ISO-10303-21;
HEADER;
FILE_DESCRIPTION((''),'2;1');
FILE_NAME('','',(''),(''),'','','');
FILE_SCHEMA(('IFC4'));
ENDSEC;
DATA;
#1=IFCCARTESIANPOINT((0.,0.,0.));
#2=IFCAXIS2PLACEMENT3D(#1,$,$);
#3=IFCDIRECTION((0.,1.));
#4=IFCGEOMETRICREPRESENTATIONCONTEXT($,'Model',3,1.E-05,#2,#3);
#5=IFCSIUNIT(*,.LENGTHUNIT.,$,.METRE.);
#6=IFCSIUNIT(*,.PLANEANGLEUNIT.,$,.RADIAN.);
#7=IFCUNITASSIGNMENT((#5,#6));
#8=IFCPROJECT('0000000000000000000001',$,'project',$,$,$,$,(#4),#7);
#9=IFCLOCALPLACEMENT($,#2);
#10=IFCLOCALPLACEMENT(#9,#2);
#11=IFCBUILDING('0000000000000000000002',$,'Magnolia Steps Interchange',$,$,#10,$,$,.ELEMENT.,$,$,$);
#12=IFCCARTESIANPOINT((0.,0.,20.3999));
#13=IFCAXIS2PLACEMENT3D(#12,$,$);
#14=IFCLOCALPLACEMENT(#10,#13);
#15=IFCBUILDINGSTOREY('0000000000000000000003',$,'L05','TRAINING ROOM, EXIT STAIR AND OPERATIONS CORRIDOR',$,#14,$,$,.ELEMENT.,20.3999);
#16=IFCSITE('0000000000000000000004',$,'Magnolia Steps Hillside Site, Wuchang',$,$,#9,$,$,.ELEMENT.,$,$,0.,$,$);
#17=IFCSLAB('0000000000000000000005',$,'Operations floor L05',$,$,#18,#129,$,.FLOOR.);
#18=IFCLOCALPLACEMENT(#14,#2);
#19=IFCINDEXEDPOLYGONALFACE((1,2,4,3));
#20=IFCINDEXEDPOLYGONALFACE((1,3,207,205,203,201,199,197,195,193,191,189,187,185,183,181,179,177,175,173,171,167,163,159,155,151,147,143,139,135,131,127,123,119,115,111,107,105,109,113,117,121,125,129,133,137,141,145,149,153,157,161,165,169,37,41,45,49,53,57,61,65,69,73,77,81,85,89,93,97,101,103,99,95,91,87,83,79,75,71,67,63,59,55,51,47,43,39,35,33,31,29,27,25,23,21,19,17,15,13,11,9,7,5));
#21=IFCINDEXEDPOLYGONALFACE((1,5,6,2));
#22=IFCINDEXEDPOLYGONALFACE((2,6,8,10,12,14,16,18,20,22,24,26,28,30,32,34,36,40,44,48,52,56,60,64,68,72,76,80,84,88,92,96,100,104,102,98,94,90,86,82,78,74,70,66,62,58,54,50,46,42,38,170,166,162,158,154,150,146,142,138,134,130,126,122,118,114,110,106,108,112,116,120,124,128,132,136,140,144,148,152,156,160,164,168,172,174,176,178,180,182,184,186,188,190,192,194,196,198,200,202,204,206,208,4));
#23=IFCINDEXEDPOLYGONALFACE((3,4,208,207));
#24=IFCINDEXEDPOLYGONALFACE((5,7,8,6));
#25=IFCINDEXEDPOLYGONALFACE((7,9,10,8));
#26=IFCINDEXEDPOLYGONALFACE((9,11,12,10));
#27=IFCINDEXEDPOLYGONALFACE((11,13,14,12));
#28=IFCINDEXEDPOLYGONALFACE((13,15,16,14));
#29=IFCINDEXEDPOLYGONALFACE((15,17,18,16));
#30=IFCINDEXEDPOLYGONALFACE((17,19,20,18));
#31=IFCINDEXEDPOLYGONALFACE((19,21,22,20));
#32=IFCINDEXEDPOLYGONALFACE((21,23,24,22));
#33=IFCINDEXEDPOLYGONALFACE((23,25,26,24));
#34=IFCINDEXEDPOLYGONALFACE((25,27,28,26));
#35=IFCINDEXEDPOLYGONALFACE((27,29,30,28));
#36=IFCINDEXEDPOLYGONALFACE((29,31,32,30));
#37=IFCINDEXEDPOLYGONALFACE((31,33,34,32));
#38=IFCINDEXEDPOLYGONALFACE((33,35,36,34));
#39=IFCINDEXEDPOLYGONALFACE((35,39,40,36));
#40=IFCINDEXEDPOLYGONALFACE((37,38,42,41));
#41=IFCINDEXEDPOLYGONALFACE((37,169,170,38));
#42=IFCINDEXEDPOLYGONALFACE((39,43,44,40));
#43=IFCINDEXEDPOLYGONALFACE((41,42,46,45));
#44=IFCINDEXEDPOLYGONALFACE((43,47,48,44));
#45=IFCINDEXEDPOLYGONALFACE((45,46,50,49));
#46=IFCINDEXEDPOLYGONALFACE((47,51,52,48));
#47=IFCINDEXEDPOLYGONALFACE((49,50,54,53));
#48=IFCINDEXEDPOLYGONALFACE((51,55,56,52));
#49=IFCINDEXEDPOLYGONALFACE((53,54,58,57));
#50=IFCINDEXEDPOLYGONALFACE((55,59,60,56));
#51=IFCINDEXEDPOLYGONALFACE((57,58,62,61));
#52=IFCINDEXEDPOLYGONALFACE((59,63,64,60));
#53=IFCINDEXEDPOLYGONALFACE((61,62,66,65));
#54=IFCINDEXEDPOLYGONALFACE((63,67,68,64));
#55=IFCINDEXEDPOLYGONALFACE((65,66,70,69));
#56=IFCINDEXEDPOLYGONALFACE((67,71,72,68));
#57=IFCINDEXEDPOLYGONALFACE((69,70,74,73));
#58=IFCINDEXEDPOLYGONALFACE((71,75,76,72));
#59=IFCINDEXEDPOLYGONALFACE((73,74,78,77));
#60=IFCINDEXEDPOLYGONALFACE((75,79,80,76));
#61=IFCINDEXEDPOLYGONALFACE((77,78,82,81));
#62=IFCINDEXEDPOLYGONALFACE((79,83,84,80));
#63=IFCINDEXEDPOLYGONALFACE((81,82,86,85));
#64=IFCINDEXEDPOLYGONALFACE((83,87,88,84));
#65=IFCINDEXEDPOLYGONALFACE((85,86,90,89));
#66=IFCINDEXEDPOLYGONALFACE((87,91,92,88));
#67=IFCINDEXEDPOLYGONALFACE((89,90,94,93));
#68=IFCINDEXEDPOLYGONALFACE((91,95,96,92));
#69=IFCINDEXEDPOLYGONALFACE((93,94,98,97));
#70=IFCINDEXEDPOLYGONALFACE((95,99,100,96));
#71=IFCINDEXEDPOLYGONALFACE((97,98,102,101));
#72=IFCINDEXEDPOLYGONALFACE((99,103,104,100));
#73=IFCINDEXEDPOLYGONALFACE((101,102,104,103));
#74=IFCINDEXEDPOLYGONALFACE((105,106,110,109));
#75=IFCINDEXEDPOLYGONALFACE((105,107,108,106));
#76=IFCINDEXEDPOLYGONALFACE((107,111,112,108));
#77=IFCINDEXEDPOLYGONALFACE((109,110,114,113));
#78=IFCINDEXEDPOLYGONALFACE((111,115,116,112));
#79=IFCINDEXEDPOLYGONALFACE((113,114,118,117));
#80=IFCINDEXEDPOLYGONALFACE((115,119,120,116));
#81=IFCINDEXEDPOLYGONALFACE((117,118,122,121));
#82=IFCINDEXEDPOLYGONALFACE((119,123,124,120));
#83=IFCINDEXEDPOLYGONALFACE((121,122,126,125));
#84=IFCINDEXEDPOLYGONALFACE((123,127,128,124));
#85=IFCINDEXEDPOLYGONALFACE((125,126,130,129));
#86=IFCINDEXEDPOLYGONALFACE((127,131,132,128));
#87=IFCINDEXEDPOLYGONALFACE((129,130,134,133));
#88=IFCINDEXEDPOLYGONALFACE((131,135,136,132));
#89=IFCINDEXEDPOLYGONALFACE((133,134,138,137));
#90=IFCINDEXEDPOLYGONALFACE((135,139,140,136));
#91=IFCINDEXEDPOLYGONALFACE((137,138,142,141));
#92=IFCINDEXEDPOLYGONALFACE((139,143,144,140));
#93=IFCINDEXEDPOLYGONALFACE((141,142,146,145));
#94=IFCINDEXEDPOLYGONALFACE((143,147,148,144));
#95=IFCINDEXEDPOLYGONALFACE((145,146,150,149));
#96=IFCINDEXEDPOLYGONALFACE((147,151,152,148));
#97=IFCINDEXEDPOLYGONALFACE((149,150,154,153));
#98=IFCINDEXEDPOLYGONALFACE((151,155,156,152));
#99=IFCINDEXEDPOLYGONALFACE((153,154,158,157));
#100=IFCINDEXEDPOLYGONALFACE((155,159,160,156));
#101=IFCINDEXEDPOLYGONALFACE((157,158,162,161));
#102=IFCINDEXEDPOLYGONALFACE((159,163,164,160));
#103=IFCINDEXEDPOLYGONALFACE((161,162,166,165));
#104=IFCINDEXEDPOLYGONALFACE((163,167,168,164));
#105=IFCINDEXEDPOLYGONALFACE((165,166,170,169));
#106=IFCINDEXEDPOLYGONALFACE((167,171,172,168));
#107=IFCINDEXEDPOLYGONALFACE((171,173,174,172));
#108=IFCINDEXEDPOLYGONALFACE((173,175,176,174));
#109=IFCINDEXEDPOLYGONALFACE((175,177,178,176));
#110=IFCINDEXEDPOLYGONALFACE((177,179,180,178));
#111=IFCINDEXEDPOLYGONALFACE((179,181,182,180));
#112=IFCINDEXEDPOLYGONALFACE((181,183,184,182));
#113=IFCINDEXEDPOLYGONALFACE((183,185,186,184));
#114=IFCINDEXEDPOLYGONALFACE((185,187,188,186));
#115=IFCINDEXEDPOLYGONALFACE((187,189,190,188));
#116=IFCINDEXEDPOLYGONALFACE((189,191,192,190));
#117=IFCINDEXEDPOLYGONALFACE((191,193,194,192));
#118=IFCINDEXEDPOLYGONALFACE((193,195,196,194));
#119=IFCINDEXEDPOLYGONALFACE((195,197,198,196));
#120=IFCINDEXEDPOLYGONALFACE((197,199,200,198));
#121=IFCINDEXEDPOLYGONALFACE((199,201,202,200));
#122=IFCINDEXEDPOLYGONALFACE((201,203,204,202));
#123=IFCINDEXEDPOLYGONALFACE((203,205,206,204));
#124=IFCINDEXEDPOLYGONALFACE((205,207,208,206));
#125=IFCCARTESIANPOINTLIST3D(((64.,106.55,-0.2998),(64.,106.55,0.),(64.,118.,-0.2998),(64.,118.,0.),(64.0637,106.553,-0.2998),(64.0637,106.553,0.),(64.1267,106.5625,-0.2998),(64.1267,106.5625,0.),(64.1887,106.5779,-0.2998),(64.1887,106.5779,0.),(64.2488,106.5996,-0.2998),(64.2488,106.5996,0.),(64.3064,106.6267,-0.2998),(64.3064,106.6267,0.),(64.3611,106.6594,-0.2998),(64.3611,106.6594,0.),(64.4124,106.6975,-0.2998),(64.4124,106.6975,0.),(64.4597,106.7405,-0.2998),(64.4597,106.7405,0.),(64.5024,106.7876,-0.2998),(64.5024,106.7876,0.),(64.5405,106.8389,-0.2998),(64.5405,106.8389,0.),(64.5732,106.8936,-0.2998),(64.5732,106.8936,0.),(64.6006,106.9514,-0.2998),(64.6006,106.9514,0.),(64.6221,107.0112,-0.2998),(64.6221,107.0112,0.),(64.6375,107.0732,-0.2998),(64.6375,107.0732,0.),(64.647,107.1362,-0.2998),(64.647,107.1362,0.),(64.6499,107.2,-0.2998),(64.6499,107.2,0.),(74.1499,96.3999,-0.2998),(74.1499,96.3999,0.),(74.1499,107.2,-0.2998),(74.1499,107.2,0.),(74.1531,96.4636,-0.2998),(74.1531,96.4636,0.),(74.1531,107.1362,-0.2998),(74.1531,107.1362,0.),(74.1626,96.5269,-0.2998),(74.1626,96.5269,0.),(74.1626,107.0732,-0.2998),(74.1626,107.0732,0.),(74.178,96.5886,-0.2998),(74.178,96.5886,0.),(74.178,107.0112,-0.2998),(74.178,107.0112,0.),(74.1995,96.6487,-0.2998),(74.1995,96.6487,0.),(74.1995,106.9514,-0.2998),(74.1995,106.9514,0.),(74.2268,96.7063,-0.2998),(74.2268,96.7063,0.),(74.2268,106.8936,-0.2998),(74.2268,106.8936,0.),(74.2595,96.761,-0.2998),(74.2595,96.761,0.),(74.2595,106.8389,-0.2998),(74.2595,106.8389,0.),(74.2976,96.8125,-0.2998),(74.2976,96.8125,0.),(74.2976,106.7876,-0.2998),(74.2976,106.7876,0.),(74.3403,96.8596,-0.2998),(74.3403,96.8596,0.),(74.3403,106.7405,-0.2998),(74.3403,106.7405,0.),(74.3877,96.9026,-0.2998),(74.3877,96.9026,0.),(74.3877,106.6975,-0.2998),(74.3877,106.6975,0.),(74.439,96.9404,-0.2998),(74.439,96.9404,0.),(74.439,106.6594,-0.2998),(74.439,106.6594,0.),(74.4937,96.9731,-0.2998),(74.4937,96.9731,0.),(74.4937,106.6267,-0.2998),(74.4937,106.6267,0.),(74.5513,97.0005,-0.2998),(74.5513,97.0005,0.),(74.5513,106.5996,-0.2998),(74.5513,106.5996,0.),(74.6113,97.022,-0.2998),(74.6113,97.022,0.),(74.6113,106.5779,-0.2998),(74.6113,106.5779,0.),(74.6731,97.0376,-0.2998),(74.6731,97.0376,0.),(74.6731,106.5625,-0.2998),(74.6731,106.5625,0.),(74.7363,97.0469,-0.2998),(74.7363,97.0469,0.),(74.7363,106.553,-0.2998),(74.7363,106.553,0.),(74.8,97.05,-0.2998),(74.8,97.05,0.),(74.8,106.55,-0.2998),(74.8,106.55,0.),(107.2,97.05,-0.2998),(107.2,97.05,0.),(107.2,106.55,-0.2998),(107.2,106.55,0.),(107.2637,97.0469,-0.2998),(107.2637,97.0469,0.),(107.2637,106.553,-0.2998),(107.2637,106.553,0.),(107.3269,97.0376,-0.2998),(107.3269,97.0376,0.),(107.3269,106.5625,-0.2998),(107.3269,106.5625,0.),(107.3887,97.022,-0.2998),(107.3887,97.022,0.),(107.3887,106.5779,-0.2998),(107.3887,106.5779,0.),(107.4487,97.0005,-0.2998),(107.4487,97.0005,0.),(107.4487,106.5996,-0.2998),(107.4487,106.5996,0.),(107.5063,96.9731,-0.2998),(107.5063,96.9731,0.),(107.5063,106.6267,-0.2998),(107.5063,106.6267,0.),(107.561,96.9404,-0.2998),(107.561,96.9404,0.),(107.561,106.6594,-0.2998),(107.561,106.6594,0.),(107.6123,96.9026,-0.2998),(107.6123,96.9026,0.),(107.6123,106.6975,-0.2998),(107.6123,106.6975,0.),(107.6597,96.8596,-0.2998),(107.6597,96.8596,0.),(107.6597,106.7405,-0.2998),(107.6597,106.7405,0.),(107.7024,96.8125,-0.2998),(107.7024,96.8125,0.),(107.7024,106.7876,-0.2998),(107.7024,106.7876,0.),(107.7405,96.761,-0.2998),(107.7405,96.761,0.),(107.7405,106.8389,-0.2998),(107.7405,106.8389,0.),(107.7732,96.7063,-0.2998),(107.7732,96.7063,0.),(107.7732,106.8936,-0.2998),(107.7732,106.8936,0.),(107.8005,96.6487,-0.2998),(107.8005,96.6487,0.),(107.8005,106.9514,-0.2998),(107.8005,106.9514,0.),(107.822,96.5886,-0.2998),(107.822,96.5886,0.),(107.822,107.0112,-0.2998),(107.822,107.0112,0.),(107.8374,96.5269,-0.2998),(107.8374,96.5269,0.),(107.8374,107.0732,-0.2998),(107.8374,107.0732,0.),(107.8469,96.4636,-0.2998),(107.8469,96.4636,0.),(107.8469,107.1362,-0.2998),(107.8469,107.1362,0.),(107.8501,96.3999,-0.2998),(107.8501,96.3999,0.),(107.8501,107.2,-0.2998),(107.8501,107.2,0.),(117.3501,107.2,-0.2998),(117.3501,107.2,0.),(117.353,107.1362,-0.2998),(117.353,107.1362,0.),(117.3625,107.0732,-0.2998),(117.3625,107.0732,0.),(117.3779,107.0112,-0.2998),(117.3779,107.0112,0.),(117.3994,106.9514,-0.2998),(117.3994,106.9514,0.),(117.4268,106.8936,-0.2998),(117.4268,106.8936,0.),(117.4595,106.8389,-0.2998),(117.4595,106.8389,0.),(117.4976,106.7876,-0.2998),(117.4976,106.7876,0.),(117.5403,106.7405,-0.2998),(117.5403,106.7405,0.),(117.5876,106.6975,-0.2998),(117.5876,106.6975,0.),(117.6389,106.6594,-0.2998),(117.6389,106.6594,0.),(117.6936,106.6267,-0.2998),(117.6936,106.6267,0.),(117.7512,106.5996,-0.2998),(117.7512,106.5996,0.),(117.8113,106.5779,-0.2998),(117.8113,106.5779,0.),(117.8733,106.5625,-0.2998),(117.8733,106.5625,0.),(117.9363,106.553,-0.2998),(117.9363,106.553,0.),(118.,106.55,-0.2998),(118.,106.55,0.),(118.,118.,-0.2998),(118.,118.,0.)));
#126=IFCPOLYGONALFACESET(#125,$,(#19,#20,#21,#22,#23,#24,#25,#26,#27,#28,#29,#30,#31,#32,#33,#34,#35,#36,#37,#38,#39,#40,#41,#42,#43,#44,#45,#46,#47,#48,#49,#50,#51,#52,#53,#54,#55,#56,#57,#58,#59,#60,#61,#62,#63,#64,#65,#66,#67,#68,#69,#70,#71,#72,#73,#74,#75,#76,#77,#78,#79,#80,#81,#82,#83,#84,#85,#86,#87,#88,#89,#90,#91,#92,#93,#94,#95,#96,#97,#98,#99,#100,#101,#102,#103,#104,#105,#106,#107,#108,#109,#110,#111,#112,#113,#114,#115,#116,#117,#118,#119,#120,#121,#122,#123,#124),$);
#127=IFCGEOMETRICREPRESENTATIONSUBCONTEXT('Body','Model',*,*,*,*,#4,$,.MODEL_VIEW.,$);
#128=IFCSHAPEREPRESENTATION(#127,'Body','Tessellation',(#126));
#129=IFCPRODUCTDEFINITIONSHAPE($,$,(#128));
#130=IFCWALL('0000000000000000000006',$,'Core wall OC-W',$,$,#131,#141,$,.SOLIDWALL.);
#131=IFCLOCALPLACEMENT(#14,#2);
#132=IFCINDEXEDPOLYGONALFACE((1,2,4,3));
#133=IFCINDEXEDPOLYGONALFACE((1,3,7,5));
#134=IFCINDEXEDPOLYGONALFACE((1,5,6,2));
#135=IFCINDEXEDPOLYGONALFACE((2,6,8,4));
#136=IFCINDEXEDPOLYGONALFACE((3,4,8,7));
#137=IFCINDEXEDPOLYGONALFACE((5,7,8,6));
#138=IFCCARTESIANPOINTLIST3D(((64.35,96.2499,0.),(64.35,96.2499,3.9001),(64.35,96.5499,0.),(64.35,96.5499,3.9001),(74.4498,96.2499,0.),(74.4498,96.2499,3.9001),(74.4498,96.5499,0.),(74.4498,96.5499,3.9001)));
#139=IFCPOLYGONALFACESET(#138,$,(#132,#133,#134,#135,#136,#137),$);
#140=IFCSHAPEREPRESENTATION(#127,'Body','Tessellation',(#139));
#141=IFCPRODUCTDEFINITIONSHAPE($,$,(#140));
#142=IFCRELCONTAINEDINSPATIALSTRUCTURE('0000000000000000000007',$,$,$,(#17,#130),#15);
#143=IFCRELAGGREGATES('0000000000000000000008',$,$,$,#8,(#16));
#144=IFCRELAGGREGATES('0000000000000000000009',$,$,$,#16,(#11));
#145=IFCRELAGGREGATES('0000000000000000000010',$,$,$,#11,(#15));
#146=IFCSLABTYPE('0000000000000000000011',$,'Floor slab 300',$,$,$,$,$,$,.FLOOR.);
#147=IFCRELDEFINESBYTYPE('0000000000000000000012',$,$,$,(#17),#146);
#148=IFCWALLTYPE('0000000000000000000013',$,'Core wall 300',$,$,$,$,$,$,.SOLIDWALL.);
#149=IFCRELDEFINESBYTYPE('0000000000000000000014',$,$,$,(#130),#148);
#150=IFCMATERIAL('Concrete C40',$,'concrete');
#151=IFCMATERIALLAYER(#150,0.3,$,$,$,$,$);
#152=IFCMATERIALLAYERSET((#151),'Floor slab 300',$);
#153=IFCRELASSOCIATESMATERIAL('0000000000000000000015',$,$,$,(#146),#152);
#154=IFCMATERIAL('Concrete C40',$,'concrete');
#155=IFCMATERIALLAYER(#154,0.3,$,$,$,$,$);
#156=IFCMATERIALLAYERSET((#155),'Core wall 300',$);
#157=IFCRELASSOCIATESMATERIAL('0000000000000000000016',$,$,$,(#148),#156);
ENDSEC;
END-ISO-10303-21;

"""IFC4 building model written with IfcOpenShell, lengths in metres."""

from ifc_helpers import new_model, si_unit, direction, frame, frame_2d, origin, place, context, subcontext, project, spatial, polyline, rectangle, outline, extrude, material, layer, layer_set, type_object, element, save


model = new_model("IFC4")

# Units and contexts
model_context = context("Model", 3, precision=1e-05, world=origin(), true_north=direction((0.0, 1.0)))
body_context = subcontext(model_context, "Body", "Model", "MODEL_VIEW")
ifc_project = project(units=[si_unit("LENGTHUNIT", "METRE"), si_unit("PLANEANGLEUNIT", "RADIAN")], contexts=[model_context])

# Site, building, storey
site_placement = place(None, origin())
site = spatial("IfcSite", under=ifc_project, at=site_placement, Name="Magnolia Steps Hillside Site, Wuchang", CompositionType="ELEMENT", RefElevation=0.0)
building_placement = place(site_placement, origin())
building = spatial("IfcBuilding", under=site, at=building_placement, Name="Magnolia Steps Interchange", CompositionType="ELEMENT")
storey_placement = place(building_placement, frame((0.0, 0.0, 20.3999)))
storey = spatial("IfcBuildingStorey", under=building, at=storey_placement, Name="L05", Description="TRAINING ROOM, EXIT STAIR AND OPERATIONS CORRIDOR", CompositionType="ELEMENT", Elevation=20.3999)

# Slab
ifc_material_1 = material(Name="Concrete C40", Category="concrete")
ifc_layer_1 = layer(ifc_material_1, 0.3)
ifc_layer_set_1 = layer_set([ifc_layer_1], Name="Floor slab 300")
slab_type_1 = type_object("IfcSlabType", Name="Floor slab 300", PredefinedType="FLOOR", material=ifc_layer_set_1)
slab_1_placement = place(storey_placement, frame((0.0, 0.0, -0.2998)))
element("IfcSlab", 1, at=slab_1_placement, inside=storey, type_object=slab_type_1, Name="Operations floor L05", PredefinedType="FLOOR", context=body_context, shape_type="SweptSolid", body=[
    extrude(outline(polyline([(64.0, 106.55), (64.0637, 106.553), (64.1267, 106.5625), (64.1887, 106.5779), (64.2488, 106.5996), (64.3064, 106.6267), (64.3611, 106.6594), (64.4124, 106.6975), (64.4597, 106.7405), (64.5024, 106.7876), (64.5405, 106.8389), (64.5732, 106.8936), (64.6006, 106.9514), (64.6221, 107.0112), (64.6375, 107.0732), (64.647, 107.1362), (64.6499, 107.2), (74.1499, 107.2), (74.1531, 107.1362), (74.1626, 107.0732), (74.178, 107.0112), (74.1995, 106.9514), (74.2268, 106.8936), (74.2595, 106.8389), (74.2976, 106.7876), (74.3403, 106.7405), (74.3877, 106.6975), (74.439, 106.6594), (74.4937, 106.6267), (74.5513, 106.5996), (74.6113, 106.5779), (74.6731, 106.5625), (74.7363, 106.553), (74.8, 106.55), (74.8, 97.05), (74.7363, 97.0469), (74.6731, 97.0376), (74.6113, 97.022), (74.5513, 97.0005), (74.4937, 96.9731), (74.439, 96.9404), (74.3877, 96.9026), (74.3403, 96.8596), (74.2976, 96.8125), (74.2595, 96.761), (74.2268, 96.7063), (74.1995, 96.6487), (74.178, 96.5886), (74.1626, 96.5269), (74.1531, 96.4636), (74.1499, 96.3999), (107.8501, 96.3999), (107.8469, 96.4636), (107.8374, 96.5269), (107.822, 96.5886), (107.8005, 96.6487), (107.7732, 96.7063), (107.7405, 96.761), (107.7024, 96.8125), (107.6597, 96.8596), (107.6123, 96.9026), (107.561, 96.9404), (107.5063, 96.9731), (107.4487, 97.0005), (107.3887, 97.022), (107.3269, 97.0376), (107.2637, 97.0469), (107.2, 97.05), (107.2, 106.55), (107.2637, 106.553), (107.3269, 106.5625), (107.3887, 106.5779), (107.4487, 106.5996), (107.5063, 106.6267), (107.561, 106.6594), (107.6123, 106.6975), (107.6597, 106.7405), (107.7024, 106.7876), (107.7405, 106.8389), (107.7732, 106.8936), (107.8005, 106.9514), (107.822, 107.0112), (107.8374, 107.0732), (107.8469, 107.1362), (107.8501, 107.2), (117.3501, 107.2), (117.353, 107.1362), (117.3625, 107.0732), (117.3779, 107.0112), (117.3994, 106.9514), (117.4268, 106.8936), (117.4595, 106.8389), (117.4976, 106.7876), (117.5403, 106.7405), (117.5876, 106.6975), (117.6389, 106.6594), (117.6936, 106.6267), (117.7512, 106.5996), (117.8113, 106.5779), (117.8733, 106.5625), (117.9363, 106.553), (118.0, 106.55), (118.0, 118.0), (64.0, 118.0), (64.0, 106.55)])), origin(), (0.0, 0.0, 1.0), 0.2998),
])

# Wall
ifc_material_2 = material(Name="Concrete C40", Category="concrete")
ifc_layer_2 = layer(ifc_material_2, 0.3)
ifc_layer_set_2 = layer_set([ifc_layer_2], Name="Core wall 300")
wall_type_1 = type_object("IfcWallType", Name="Core wall 300", PredefinedType="SOLIDWALL", material=ifc_layer_set_2)
wall_1_placement = place(storey_placement, frame((64.3501, 96.3999, 0.0), z_axis=(0.0, 0.0, 1.0), x_axis=(1.0, 0.0, 0.0)))
element("IfcWall", 2, at=wall_1_placement, inside=storey, type_object=wall_type_1, Name="Core wall OC-W", PredefinedType="SOLIDWALL", context=body_context, shape_type="SweptSolid", body=[
    extrude(rectangle(XDim=10.0999, YDim=0.3, at=frame_2d((5.0498, 0.0))), origin(), (0.0, 0.0, 1.0), 3.9001),
])

save(model, "model.ifc")
